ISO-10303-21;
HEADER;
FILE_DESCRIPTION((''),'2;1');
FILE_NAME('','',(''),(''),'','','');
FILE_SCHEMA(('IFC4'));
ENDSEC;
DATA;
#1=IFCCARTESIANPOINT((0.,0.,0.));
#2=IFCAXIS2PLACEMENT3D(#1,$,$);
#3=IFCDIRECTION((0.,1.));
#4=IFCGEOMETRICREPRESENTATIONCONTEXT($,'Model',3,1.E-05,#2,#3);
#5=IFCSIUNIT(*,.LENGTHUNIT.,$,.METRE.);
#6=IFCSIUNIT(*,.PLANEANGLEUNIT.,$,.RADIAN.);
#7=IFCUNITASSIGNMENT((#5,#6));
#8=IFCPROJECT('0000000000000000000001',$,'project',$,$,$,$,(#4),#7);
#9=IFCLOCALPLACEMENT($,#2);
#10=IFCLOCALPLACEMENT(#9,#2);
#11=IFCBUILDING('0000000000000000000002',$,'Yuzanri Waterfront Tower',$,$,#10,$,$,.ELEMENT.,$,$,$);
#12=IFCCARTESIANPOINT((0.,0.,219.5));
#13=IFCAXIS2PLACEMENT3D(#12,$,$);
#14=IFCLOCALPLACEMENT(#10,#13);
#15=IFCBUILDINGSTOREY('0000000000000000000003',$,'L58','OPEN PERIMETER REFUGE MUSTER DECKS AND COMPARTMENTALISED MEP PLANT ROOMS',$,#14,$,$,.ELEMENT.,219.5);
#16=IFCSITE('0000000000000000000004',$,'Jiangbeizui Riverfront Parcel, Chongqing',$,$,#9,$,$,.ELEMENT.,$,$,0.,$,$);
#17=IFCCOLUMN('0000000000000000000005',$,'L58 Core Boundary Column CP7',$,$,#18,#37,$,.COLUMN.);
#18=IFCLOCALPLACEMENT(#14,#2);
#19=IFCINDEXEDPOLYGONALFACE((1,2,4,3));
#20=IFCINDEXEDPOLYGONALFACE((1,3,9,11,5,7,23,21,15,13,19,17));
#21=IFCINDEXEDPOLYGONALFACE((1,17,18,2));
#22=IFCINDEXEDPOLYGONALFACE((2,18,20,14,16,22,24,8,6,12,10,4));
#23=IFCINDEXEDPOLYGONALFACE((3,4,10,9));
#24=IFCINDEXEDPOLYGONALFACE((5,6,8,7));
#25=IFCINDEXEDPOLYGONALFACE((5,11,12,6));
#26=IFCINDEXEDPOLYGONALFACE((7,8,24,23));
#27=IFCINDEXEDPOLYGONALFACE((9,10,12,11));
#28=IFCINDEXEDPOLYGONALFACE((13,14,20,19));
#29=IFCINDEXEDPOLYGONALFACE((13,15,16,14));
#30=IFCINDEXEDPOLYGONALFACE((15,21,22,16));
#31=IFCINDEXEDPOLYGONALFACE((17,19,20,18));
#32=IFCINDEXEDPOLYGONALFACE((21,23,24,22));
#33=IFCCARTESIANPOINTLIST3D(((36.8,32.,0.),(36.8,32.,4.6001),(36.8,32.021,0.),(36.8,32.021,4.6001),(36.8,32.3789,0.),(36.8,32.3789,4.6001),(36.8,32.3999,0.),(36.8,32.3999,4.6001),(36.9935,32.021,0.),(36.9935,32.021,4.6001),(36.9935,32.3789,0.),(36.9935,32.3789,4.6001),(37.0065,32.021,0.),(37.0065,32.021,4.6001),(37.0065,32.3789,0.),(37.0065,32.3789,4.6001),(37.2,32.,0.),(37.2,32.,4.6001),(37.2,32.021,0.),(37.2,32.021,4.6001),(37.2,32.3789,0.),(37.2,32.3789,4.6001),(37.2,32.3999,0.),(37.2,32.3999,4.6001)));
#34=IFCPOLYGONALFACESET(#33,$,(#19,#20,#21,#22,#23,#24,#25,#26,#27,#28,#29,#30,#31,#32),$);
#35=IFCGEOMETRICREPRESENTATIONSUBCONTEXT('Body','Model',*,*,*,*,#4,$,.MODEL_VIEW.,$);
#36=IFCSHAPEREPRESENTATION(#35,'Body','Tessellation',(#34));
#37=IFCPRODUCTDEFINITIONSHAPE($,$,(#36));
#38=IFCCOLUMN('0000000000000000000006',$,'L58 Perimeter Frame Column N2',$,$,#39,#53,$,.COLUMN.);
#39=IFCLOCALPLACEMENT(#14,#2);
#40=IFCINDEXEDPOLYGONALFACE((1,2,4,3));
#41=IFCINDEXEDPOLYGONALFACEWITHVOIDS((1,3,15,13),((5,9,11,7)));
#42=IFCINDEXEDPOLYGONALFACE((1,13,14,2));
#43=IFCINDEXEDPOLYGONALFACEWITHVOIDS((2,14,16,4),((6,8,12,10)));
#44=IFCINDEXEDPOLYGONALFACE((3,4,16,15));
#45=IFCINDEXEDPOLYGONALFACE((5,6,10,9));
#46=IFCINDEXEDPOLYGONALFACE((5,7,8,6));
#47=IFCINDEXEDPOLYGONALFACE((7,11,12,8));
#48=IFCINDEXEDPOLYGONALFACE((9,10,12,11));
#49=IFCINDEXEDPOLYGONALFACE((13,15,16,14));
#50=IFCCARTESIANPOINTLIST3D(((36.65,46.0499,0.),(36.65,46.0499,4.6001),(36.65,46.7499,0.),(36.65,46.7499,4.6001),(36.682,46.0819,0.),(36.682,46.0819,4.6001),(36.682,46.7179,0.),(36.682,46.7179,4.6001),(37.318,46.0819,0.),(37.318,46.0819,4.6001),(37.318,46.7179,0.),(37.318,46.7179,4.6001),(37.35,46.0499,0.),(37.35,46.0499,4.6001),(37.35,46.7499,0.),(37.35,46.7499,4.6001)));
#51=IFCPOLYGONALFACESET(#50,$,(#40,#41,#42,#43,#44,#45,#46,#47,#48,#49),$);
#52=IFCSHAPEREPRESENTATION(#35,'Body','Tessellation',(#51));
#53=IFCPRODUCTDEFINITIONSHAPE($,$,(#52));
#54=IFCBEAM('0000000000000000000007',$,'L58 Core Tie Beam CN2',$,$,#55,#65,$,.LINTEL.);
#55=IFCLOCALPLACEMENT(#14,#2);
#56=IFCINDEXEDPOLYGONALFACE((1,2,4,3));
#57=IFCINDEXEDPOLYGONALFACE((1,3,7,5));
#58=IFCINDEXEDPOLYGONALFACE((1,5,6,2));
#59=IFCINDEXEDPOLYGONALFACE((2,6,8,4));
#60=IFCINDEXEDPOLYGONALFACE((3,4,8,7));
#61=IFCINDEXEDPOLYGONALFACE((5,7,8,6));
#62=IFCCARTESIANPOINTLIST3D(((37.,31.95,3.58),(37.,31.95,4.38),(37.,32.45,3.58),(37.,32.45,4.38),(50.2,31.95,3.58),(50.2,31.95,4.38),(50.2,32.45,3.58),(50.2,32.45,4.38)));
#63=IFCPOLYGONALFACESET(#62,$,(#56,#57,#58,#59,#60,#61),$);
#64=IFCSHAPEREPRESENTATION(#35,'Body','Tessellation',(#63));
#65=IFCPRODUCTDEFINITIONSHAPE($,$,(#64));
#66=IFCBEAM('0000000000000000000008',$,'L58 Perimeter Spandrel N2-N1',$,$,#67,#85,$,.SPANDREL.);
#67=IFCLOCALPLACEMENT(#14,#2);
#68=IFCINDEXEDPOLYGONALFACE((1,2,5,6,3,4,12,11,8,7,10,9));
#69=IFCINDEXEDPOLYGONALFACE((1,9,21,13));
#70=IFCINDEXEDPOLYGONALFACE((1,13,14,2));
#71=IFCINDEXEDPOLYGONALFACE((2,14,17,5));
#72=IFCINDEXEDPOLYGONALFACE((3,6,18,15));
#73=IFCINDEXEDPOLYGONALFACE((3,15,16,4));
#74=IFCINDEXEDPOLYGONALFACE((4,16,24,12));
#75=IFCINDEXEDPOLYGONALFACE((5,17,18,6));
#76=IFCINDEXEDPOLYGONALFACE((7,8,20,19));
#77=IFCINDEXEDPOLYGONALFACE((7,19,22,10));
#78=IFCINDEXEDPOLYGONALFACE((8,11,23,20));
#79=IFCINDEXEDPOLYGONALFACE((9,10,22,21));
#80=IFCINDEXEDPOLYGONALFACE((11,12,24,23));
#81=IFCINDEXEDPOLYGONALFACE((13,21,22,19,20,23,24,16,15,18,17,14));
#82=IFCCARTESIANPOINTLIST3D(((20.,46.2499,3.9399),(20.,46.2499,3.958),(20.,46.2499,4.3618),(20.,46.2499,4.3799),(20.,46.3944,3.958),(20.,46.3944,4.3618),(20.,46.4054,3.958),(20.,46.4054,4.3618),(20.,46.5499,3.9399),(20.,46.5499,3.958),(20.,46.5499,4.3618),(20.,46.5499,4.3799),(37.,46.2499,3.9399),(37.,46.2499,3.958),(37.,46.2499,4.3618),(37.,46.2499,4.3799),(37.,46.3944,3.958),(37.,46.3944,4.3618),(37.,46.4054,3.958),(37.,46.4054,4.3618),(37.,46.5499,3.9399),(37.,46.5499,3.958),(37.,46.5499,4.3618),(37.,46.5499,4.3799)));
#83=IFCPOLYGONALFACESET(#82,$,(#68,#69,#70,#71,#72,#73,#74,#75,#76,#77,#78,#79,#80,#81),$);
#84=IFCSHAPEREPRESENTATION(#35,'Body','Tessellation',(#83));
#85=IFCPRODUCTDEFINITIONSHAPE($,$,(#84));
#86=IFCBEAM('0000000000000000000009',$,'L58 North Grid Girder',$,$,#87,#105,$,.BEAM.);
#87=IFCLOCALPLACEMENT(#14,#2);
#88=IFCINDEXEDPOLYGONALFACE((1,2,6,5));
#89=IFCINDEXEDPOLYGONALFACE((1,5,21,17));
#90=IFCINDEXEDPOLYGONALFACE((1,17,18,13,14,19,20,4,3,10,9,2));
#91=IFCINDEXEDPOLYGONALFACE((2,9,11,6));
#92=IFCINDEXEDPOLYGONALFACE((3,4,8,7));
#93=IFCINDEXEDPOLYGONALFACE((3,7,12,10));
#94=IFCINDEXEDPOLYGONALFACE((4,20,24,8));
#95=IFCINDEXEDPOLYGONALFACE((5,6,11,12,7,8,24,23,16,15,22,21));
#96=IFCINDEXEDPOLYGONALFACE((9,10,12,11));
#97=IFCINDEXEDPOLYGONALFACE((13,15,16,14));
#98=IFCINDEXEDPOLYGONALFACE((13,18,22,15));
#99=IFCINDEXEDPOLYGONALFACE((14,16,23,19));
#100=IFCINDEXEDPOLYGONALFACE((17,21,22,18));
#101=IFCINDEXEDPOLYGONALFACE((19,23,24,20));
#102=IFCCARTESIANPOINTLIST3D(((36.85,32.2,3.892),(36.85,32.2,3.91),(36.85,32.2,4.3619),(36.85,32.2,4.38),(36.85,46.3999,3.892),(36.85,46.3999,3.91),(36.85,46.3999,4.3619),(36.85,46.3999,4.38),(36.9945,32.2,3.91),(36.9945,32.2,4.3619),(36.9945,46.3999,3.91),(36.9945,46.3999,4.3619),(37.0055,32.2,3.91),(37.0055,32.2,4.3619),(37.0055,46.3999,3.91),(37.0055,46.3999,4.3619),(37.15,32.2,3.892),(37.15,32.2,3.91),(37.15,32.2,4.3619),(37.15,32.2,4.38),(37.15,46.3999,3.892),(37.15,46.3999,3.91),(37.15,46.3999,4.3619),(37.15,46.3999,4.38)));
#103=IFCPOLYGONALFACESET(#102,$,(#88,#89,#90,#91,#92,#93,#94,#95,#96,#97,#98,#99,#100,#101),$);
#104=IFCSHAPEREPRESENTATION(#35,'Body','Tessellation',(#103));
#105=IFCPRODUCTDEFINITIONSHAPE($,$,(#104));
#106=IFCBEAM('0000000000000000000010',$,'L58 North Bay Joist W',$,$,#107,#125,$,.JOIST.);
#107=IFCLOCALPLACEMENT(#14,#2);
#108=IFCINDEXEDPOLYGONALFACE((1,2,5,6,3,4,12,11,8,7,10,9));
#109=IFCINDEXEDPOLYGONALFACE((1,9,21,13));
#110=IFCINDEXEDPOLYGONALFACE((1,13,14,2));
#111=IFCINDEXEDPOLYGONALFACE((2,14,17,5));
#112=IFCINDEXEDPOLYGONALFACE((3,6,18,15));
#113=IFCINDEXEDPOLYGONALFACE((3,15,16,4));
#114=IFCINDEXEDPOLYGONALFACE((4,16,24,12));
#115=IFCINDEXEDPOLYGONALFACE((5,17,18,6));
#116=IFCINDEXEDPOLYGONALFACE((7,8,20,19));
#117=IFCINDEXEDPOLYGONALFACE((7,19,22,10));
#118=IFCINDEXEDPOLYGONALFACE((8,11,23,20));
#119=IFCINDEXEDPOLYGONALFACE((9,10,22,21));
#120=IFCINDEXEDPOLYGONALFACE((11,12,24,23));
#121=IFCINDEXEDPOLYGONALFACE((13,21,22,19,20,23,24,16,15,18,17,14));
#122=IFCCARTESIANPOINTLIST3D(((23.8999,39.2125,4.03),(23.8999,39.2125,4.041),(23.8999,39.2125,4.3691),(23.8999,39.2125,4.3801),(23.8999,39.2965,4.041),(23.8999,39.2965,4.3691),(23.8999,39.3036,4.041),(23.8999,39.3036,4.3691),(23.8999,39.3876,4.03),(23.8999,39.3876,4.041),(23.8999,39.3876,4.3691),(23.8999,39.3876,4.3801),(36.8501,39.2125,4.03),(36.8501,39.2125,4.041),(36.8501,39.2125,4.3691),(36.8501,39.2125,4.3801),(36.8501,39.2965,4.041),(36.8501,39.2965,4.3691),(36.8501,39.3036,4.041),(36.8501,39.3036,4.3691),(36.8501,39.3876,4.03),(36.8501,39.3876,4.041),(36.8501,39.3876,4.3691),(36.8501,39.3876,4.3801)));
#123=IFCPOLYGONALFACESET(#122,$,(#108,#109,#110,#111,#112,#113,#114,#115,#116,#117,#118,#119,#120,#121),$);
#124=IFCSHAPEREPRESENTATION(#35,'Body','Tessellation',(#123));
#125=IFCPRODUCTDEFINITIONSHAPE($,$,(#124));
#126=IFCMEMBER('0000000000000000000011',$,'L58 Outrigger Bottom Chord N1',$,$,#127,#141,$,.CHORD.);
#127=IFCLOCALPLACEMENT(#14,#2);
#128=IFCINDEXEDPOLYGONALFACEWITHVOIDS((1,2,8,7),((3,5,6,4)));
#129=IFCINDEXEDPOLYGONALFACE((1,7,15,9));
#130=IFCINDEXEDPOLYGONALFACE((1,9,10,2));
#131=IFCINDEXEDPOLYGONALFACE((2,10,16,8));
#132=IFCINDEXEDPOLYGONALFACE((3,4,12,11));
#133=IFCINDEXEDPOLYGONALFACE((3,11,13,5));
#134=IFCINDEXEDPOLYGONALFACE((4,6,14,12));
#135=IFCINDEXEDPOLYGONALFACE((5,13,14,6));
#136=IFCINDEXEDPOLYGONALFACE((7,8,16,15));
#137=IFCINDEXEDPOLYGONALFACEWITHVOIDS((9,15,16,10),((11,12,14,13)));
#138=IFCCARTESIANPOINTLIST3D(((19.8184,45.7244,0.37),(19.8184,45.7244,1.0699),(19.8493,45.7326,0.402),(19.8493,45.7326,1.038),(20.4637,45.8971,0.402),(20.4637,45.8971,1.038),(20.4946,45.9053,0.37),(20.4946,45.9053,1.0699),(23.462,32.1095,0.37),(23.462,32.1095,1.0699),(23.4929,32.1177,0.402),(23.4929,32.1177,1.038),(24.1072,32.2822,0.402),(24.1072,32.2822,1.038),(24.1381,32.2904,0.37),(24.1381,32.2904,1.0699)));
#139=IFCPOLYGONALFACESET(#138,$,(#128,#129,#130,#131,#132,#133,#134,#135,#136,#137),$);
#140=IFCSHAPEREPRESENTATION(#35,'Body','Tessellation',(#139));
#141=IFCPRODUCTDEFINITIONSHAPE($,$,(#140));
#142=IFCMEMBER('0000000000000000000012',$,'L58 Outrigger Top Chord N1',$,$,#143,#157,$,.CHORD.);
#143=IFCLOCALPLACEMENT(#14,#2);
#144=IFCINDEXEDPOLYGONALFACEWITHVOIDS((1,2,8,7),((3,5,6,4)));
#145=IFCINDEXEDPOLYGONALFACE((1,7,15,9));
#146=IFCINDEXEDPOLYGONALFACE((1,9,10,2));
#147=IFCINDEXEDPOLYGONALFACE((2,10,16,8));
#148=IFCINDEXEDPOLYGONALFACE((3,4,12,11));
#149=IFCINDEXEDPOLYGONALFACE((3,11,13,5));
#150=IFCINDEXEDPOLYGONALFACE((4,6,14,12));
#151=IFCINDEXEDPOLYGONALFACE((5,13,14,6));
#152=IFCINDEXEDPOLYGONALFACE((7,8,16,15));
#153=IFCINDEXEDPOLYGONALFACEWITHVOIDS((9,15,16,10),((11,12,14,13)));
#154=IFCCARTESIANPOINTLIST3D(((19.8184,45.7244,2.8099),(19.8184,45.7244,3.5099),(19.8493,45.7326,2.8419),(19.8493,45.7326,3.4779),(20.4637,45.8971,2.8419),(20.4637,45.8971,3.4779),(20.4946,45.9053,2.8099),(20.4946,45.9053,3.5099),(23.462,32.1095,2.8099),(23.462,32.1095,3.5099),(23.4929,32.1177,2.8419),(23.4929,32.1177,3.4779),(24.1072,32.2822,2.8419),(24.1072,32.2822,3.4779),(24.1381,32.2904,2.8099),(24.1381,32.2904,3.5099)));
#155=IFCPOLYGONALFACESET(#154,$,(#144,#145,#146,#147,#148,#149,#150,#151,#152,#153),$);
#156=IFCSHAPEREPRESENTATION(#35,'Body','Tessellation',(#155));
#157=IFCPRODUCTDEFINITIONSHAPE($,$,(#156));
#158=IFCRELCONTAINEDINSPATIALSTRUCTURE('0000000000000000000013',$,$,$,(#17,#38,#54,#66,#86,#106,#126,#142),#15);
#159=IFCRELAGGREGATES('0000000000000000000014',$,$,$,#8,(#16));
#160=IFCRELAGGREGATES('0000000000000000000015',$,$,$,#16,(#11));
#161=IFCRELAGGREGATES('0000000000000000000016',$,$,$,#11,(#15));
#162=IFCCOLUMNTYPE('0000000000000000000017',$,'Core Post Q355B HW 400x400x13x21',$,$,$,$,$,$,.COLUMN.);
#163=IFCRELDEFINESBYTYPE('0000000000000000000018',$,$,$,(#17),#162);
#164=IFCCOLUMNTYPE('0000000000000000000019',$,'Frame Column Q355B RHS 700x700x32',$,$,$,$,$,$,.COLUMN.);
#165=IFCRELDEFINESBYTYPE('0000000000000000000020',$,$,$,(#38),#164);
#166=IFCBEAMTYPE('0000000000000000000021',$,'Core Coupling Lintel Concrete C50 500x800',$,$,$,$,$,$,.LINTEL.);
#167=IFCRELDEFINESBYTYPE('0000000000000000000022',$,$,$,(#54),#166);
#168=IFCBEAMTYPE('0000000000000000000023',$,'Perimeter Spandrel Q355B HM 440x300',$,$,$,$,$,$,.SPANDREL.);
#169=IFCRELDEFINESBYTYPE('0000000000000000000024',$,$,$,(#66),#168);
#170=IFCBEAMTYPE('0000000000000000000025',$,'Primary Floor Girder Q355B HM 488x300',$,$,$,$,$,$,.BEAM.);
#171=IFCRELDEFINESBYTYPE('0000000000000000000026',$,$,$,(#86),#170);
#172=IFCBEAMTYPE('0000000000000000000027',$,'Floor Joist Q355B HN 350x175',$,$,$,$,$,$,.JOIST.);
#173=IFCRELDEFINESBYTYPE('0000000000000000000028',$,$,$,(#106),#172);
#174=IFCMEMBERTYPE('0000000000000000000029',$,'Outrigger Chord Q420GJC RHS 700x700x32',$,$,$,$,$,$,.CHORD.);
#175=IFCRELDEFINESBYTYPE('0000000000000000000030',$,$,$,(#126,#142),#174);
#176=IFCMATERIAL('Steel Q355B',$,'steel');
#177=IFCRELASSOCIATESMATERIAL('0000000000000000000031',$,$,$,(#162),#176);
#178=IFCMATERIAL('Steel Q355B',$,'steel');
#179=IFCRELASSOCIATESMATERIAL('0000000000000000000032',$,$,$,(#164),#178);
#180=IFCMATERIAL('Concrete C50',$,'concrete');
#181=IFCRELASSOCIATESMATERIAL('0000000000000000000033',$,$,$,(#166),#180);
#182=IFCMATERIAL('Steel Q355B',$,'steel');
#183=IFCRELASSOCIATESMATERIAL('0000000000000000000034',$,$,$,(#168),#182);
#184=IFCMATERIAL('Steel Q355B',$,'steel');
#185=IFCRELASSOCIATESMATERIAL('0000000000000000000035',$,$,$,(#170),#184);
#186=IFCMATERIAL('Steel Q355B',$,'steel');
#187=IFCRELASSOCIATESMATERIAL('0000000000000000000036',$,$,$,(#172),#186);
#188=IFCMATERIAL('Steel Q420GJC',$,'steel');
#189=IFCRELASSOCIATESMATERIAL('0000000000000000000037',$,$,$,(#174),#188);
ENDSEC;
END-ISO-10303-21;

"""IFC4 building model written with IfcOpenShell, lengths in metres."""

from ifc_helpers import new_model, si_unit, direction, frame, origin, origin_2d, place, context, subcontext, project, spatial, rectangle, hollow_rectangle, i_section, extrude, source, transform, mapped, material, material_profile, profile_set, type_object, element, save


model = new_model("IFC4")

# Units and contexts
model_context = context("Model", 3, precision=1e-05, world=origin(), true_north=direction((0.0, 1.0)))
body_context = subcontext(model_context, "Body", "Model", "MODEL_VIEW")
ifc_project = project(units=[si_unit("LENGTHUNIT", "METRE"), si_unit("PLANEANGLEUNIT", "RADIAN")], contexts=[model_context])

# Site, building, storey
site_placement = place(None, origin())
site = spatial("IfcSite", under=ifc_project, at=site_placement, Name="Jiangbeizui Riverfront Parcel, Chongqing", CompositionType="ELEMENT", RefElevation=0.0)
building_placement = place(site_placement, origin())
building = spatial("IfcBuilding", under=site, at=building_placement, Name="Yuzanri Waterfront Tower", CompositionType="ELEMENT")
storey_placement = place(building_placement, frame((0.0, 0.0, 219.5)))
storey = spatial("IfcBuildingStorey", under=building, at=storey_placement, Name="L58", Description="OPEN PERIMETER REFUGE MUSTER DECKS AND COMPARTMENTALISED MEP PLANT ROOMS", CompositionType="ELEMENT", Elevation=219.5)

# Columns
ifc_material_1 = material(Name="Steel Q355B", Category="steel")
ifc_material_profile_1 = material_profile(ifc_material_1, i_section(OverallWidth=0.3999, OverallDepth=0.3999, WebThickness=0.0129, FlangeThickness=0.021, at=origin_2d()), Name="HW 400x400x13x21")
ifc_profile_set_1 = profile_set([ifc_material_profile_1], Name="Steel Q355B")
column_type_1 = type_object("IfcColumnType", Name="Core Post Q355B HW 400x400x13x21", PredefinedType="COLUMN", material=ifc_profile_set_1)
shared_shape_1 = source(origin(), body_context, "Body", "SweptSolid", [
    extrude(i_section(OverallWidth=0.3999, OverallDepth=0.3999, WebThickness=0.0129, FlangeThickness=0.021, at=origin_2d()), origin(), (0.0, 0.0, 1.0), 4.6001),
])
column_1_placement = place(storey_placement, frame((37.0, 32.2, 0.0), z_axis=(0.0, 0.0, 1.0), x_axis=(1.0, 0.0, 0.0)))
element("IfcColumn", 1, at=column_1_placement, inside=storey, type_object=column_type_1, Name="L58 Core Boundary Column CP7", PredefinedType="COLUMN", context=body_context, shape_type="MappedRepresentation", body=[
    mapped(shared_shape_1, transform((0.0, 0.0, 0.0), scale=1.0)),
])
ifc_material_2 = material(Name="Steel Q355B", Category="steel")
ifc_material_profile_2 = material_profile(ifc_material_2, hollow_rectangle(XDim=0.7, YDim=0.7, WallThickness=0.032, at=origin_2d()), Name="RHS 700x700x32")
ifc_profile_set_2 = profile_set([ifc_material_profile_2], Name="Steel Q355B")
column_type_2 = type_object("IfcColumnType", Name="Frame Column Q355B RHS 700x700x32", PredefinedType="COLUMN", material=ifc_profile_set_2)
shared_shape_2 = source(origin(), body_context, "Body", "SweptSolid", [
    extrude(hollow_rectangle(XDim=0.7, YDim=0.7, WallThickness=0.032, at=origin_2d()), origin(), (0.0, 0.0, 1.0), 4.6001),
])
column_2_placement = place(storey_placement, frame((37.0, 46.3999, 0.0), z_axis=(0.0, 0.0, 1.0), x_axis=(1.0, 0.0, 0.0)))
element("IfcColumn", 2, at=column_2_placement, inside=storey, type_object=column_type_2, Name="L58 Perimeter Frame Column N2", PredefinedType="COLUMN", context=body_context, shape_type="MappedRepresentation", body=[
    mapped(shared_shape_2, transform((0.0, 0.0, 0.0), scale=1.0)),
])

# Beams
ifc_material_3 = material(Name="Concrete C50", Category="concrete")
ifc_material_profile_3 = material_profile(ifc_material_3, rectangle(XDim=0.5, YDim=0.8, at=origin_2d()), Name="RC 500x800")
ifc_profile_set_3 = profile_set([ifc_material_profile_3], Name="Concrete C50")
beam_type_1 = type_object("IfcBeamType", Name="Core Coupling Lintel Concrete C50 500x800", PredefinedType="LINTEL", material=ifc_profile_set_3)
shared_shape_3 = source(origin(), body_context, "Body", "SweptSolid", [
    extrude(rectangle(XDim=0.5, YDim=0.8, at=origin_2d()), origin(), (0.0, 0.0, 1.0), 13.2),
])
beam_1_placement = place(storey_placement, frame((37.0, 32.2, 3.98), z_axis=(1.0, 0.0, 0.0), x_axis=(0.0, 1.0, 0.0)))
element("IfcBeam", 3, at=beam_1_placement, inside=storey, type_object=beam_type_1, Name="L58 Core Tie Beam CN2", PredefinedType="LINTEL", context=body_context, shape_type="MappedRepresentation", body=[
    mapped(shared_shape_3, transform((0.0, 0.0, 0.0), scale=1.0)),
])
ifc_material_4 = material(Name="Steel Q355B", Category="steel")
ifc_material_profile_4 = material_profile(ifc_material_4, i_section(OverallWidth=0.3, OverallDepth=0.4399, WebThickness=0.011, FlangeThickness=0.0181, at=origin_2d()), Name="HM 440x300x11x18")
ifc_profile_set_4 = profile_set([ifc_material_profile_4], Name="Steel Q355B")
beam_type_2 = type_object("IfcBeamType", Name="Perimeter Spandrel Q355B HM 440x300", PredefinedType="SPANDREL", material=ifc_profile_set_4)
shared_shape_4 = source(origin(), body_context, "Body", "SweptSolid", [
    extrude(i_section(OverallWidth=0.3, OverallDepth=0.4399, WebThickness=0.011, FlangeThickness=0.0181, at=origin_2d()), origin(), (0.0, 0.0, 1.0), 17.0),
])
beam_2_placement = place(storey_placement, frame((37.0, 46.3999, 4.1599), z_axis=(-1.0, 0.0, 0.0), x_axis=(0.0, -1.0, 0.0)))
element("IfcBeam", 4, at=beam_2_placement, inside=storey, type_object=beam_type_2, Name="L58 Perimeter Spandrel N2-N1", PredefinedType="SPANDREL", context=body_context, shape_type="MappedRepresentation", body=[
    mapped(shared_shape_4, transform((0.0, 0.0, 0.0), scale=1.0)),
])
ifc_material_5 = material(Name="Steel Q355B", Category="steel")
ifc_material_profile_5 = material_profile(ifc_material_5, i_section(OverallWidth=0.3, OverallDepth=0.488, WebThickness=0.011, FlangeThickness=0.0181, at=origin_2d()), Name="HM 488x300x11x18")
ifc_profile_set_5 = profile_set([ifc_material_profile_5], Name="Steel Q355B")
beam_type_3 = type_object("IfcBeamType", Name="Primary Floor Girder Q355B HM 488x300", PredefinedType="BEAM", material=ifc_profile_set_5)
shared_shape_5 = source(origin(), body_context, "Body", "SweptSolid", [
    extrude(i_section(OverallWidth=0.3, OverallDepth=0.488, WebThickness=0.011, FlangeThickness=0.0181, at=origin_2d()), origin(), (0.0, 0.0, 1.0), 14.2),
])
beam_3_placement = place(storey_placement, frame((37.0, 32.2, 4.136), z_axis=(0.0, 1.0, 0.0), x_axis=(-1.0, 0.0, 0.0)))
element("IfcBeam", 5, at=beam_3_placement, inside=storey, type_object=beam_type_3, Name="L58 North Grid Girder", PredefinedType="BEAM", context=body_context, shape_type="MappedRepresentation", body=[
    mapped(shared_shape_5, transform((0.0, 0.0, 0.0), scale=1.0)),
])
ifc_material_6 = material(Name="Steel Q355B", Category="steel")
ifc_material_profile_6 = material_profile(ifc_material_6, i_section(OverallWidth=0.175, OverallDepth=0.3501, WebThickness=0.0071, FlangeThickness=0.011, at=origin_2d()), Name="HN 350x175x7x11")
ifc_profile_set_6 = profile_set([ifc_material_profile_6], Name="Steel Q355B")
beam_type_4 = type_object("IfcBeamType", Name="Floor Joist Q355B HN 350x175", PredefinedType="JOIST", material=ifc_profile_set_6)
shared_shape_6 = source(origin(), body_context, "Body", "SweptSolid", [
    extrude(i_section(OverallWidth=0.175, OverallDepth=0.3501, WebThickness=0.0071, FlangeThickness=0.011, at=origin_2d()), origin(), (0.0, 0.0, 1.0), 12.9502),
])
beam_4_placement = place(storey_placement, frame((23.8999, 39.3, 4.2051), z_axis=(1.0, 0.0, 0.0), x_axis=(0.0, 1.0, 0.0)))
element("IfcBeam", 6, at=beam_4_placement, inside=storey, type_object=beam_type_4, Name="L58 North Bay Joist W", PredefinedType="JOIST", context=body_context, shape_type="MappedRepresentation", body=[
    mapped(shared_shape_6, transform((0.0, 0.0, 0.0), scale=1.0)),
])

# Members
ifc_material_7 = material(Name="Steel Q420GJC", Category="steel")
ifc_material_profile_7 = material_profile(ifc_material_7, hollow_rectangle(XDim=0.7, YDim=0.7, WallThickness=0.032, at=origin_2d()), Name="RHS 700x700x32")
ifc_profile_set_7 = profile_set([ifc_material_profile_7], Name="Steel Q420GJC")
member_type_1 = type_object("IfcMemberType", Name="Outrigger Chord Q420GJC RHS 700x700x32", PredefinedType="CHORD", material=ifc_profile_set_7)
shared_shape_7 = source(origin(), body_context, "Body", "SweptSolid", [
    extrude(hollow_rectangle(XDim=0.7, YDim=0.7, WallThickness=0.032, at=origin_2d()), origin(), (0.0, 0.0, 1.0), 14.094),
])
for number, where, z_axis, x_axis, name in (
    (7, (23.8, 32.2, 0.72), (-0.258516, 0.966007, 0.0), (-0.966007, -0.258516, 0.0), "L58 Outrigger Bottom Chord N1"),
    (8, (23.8, 32.2, 3.1599), (-0.258516, 0.966007, 0.0), (-0.966007, -0.258516, 0.0), "L58 Outrigger Top Chord N1"),
):
    element("IfcMember", number, at=place(storey_placement, frame(where, z_axis=z_axis, x_axis=x_axis)), inside=storey, type_object=member_type_1, Name=name, PredefinedType="CHORD", context=body_context, shape_type="MappedRepresentation", body=[
        mapped(shared_shape_7, transform((0.0, 0.0, 0.0), scale=1.0)),
    ])

save(model, "model.ifc")
